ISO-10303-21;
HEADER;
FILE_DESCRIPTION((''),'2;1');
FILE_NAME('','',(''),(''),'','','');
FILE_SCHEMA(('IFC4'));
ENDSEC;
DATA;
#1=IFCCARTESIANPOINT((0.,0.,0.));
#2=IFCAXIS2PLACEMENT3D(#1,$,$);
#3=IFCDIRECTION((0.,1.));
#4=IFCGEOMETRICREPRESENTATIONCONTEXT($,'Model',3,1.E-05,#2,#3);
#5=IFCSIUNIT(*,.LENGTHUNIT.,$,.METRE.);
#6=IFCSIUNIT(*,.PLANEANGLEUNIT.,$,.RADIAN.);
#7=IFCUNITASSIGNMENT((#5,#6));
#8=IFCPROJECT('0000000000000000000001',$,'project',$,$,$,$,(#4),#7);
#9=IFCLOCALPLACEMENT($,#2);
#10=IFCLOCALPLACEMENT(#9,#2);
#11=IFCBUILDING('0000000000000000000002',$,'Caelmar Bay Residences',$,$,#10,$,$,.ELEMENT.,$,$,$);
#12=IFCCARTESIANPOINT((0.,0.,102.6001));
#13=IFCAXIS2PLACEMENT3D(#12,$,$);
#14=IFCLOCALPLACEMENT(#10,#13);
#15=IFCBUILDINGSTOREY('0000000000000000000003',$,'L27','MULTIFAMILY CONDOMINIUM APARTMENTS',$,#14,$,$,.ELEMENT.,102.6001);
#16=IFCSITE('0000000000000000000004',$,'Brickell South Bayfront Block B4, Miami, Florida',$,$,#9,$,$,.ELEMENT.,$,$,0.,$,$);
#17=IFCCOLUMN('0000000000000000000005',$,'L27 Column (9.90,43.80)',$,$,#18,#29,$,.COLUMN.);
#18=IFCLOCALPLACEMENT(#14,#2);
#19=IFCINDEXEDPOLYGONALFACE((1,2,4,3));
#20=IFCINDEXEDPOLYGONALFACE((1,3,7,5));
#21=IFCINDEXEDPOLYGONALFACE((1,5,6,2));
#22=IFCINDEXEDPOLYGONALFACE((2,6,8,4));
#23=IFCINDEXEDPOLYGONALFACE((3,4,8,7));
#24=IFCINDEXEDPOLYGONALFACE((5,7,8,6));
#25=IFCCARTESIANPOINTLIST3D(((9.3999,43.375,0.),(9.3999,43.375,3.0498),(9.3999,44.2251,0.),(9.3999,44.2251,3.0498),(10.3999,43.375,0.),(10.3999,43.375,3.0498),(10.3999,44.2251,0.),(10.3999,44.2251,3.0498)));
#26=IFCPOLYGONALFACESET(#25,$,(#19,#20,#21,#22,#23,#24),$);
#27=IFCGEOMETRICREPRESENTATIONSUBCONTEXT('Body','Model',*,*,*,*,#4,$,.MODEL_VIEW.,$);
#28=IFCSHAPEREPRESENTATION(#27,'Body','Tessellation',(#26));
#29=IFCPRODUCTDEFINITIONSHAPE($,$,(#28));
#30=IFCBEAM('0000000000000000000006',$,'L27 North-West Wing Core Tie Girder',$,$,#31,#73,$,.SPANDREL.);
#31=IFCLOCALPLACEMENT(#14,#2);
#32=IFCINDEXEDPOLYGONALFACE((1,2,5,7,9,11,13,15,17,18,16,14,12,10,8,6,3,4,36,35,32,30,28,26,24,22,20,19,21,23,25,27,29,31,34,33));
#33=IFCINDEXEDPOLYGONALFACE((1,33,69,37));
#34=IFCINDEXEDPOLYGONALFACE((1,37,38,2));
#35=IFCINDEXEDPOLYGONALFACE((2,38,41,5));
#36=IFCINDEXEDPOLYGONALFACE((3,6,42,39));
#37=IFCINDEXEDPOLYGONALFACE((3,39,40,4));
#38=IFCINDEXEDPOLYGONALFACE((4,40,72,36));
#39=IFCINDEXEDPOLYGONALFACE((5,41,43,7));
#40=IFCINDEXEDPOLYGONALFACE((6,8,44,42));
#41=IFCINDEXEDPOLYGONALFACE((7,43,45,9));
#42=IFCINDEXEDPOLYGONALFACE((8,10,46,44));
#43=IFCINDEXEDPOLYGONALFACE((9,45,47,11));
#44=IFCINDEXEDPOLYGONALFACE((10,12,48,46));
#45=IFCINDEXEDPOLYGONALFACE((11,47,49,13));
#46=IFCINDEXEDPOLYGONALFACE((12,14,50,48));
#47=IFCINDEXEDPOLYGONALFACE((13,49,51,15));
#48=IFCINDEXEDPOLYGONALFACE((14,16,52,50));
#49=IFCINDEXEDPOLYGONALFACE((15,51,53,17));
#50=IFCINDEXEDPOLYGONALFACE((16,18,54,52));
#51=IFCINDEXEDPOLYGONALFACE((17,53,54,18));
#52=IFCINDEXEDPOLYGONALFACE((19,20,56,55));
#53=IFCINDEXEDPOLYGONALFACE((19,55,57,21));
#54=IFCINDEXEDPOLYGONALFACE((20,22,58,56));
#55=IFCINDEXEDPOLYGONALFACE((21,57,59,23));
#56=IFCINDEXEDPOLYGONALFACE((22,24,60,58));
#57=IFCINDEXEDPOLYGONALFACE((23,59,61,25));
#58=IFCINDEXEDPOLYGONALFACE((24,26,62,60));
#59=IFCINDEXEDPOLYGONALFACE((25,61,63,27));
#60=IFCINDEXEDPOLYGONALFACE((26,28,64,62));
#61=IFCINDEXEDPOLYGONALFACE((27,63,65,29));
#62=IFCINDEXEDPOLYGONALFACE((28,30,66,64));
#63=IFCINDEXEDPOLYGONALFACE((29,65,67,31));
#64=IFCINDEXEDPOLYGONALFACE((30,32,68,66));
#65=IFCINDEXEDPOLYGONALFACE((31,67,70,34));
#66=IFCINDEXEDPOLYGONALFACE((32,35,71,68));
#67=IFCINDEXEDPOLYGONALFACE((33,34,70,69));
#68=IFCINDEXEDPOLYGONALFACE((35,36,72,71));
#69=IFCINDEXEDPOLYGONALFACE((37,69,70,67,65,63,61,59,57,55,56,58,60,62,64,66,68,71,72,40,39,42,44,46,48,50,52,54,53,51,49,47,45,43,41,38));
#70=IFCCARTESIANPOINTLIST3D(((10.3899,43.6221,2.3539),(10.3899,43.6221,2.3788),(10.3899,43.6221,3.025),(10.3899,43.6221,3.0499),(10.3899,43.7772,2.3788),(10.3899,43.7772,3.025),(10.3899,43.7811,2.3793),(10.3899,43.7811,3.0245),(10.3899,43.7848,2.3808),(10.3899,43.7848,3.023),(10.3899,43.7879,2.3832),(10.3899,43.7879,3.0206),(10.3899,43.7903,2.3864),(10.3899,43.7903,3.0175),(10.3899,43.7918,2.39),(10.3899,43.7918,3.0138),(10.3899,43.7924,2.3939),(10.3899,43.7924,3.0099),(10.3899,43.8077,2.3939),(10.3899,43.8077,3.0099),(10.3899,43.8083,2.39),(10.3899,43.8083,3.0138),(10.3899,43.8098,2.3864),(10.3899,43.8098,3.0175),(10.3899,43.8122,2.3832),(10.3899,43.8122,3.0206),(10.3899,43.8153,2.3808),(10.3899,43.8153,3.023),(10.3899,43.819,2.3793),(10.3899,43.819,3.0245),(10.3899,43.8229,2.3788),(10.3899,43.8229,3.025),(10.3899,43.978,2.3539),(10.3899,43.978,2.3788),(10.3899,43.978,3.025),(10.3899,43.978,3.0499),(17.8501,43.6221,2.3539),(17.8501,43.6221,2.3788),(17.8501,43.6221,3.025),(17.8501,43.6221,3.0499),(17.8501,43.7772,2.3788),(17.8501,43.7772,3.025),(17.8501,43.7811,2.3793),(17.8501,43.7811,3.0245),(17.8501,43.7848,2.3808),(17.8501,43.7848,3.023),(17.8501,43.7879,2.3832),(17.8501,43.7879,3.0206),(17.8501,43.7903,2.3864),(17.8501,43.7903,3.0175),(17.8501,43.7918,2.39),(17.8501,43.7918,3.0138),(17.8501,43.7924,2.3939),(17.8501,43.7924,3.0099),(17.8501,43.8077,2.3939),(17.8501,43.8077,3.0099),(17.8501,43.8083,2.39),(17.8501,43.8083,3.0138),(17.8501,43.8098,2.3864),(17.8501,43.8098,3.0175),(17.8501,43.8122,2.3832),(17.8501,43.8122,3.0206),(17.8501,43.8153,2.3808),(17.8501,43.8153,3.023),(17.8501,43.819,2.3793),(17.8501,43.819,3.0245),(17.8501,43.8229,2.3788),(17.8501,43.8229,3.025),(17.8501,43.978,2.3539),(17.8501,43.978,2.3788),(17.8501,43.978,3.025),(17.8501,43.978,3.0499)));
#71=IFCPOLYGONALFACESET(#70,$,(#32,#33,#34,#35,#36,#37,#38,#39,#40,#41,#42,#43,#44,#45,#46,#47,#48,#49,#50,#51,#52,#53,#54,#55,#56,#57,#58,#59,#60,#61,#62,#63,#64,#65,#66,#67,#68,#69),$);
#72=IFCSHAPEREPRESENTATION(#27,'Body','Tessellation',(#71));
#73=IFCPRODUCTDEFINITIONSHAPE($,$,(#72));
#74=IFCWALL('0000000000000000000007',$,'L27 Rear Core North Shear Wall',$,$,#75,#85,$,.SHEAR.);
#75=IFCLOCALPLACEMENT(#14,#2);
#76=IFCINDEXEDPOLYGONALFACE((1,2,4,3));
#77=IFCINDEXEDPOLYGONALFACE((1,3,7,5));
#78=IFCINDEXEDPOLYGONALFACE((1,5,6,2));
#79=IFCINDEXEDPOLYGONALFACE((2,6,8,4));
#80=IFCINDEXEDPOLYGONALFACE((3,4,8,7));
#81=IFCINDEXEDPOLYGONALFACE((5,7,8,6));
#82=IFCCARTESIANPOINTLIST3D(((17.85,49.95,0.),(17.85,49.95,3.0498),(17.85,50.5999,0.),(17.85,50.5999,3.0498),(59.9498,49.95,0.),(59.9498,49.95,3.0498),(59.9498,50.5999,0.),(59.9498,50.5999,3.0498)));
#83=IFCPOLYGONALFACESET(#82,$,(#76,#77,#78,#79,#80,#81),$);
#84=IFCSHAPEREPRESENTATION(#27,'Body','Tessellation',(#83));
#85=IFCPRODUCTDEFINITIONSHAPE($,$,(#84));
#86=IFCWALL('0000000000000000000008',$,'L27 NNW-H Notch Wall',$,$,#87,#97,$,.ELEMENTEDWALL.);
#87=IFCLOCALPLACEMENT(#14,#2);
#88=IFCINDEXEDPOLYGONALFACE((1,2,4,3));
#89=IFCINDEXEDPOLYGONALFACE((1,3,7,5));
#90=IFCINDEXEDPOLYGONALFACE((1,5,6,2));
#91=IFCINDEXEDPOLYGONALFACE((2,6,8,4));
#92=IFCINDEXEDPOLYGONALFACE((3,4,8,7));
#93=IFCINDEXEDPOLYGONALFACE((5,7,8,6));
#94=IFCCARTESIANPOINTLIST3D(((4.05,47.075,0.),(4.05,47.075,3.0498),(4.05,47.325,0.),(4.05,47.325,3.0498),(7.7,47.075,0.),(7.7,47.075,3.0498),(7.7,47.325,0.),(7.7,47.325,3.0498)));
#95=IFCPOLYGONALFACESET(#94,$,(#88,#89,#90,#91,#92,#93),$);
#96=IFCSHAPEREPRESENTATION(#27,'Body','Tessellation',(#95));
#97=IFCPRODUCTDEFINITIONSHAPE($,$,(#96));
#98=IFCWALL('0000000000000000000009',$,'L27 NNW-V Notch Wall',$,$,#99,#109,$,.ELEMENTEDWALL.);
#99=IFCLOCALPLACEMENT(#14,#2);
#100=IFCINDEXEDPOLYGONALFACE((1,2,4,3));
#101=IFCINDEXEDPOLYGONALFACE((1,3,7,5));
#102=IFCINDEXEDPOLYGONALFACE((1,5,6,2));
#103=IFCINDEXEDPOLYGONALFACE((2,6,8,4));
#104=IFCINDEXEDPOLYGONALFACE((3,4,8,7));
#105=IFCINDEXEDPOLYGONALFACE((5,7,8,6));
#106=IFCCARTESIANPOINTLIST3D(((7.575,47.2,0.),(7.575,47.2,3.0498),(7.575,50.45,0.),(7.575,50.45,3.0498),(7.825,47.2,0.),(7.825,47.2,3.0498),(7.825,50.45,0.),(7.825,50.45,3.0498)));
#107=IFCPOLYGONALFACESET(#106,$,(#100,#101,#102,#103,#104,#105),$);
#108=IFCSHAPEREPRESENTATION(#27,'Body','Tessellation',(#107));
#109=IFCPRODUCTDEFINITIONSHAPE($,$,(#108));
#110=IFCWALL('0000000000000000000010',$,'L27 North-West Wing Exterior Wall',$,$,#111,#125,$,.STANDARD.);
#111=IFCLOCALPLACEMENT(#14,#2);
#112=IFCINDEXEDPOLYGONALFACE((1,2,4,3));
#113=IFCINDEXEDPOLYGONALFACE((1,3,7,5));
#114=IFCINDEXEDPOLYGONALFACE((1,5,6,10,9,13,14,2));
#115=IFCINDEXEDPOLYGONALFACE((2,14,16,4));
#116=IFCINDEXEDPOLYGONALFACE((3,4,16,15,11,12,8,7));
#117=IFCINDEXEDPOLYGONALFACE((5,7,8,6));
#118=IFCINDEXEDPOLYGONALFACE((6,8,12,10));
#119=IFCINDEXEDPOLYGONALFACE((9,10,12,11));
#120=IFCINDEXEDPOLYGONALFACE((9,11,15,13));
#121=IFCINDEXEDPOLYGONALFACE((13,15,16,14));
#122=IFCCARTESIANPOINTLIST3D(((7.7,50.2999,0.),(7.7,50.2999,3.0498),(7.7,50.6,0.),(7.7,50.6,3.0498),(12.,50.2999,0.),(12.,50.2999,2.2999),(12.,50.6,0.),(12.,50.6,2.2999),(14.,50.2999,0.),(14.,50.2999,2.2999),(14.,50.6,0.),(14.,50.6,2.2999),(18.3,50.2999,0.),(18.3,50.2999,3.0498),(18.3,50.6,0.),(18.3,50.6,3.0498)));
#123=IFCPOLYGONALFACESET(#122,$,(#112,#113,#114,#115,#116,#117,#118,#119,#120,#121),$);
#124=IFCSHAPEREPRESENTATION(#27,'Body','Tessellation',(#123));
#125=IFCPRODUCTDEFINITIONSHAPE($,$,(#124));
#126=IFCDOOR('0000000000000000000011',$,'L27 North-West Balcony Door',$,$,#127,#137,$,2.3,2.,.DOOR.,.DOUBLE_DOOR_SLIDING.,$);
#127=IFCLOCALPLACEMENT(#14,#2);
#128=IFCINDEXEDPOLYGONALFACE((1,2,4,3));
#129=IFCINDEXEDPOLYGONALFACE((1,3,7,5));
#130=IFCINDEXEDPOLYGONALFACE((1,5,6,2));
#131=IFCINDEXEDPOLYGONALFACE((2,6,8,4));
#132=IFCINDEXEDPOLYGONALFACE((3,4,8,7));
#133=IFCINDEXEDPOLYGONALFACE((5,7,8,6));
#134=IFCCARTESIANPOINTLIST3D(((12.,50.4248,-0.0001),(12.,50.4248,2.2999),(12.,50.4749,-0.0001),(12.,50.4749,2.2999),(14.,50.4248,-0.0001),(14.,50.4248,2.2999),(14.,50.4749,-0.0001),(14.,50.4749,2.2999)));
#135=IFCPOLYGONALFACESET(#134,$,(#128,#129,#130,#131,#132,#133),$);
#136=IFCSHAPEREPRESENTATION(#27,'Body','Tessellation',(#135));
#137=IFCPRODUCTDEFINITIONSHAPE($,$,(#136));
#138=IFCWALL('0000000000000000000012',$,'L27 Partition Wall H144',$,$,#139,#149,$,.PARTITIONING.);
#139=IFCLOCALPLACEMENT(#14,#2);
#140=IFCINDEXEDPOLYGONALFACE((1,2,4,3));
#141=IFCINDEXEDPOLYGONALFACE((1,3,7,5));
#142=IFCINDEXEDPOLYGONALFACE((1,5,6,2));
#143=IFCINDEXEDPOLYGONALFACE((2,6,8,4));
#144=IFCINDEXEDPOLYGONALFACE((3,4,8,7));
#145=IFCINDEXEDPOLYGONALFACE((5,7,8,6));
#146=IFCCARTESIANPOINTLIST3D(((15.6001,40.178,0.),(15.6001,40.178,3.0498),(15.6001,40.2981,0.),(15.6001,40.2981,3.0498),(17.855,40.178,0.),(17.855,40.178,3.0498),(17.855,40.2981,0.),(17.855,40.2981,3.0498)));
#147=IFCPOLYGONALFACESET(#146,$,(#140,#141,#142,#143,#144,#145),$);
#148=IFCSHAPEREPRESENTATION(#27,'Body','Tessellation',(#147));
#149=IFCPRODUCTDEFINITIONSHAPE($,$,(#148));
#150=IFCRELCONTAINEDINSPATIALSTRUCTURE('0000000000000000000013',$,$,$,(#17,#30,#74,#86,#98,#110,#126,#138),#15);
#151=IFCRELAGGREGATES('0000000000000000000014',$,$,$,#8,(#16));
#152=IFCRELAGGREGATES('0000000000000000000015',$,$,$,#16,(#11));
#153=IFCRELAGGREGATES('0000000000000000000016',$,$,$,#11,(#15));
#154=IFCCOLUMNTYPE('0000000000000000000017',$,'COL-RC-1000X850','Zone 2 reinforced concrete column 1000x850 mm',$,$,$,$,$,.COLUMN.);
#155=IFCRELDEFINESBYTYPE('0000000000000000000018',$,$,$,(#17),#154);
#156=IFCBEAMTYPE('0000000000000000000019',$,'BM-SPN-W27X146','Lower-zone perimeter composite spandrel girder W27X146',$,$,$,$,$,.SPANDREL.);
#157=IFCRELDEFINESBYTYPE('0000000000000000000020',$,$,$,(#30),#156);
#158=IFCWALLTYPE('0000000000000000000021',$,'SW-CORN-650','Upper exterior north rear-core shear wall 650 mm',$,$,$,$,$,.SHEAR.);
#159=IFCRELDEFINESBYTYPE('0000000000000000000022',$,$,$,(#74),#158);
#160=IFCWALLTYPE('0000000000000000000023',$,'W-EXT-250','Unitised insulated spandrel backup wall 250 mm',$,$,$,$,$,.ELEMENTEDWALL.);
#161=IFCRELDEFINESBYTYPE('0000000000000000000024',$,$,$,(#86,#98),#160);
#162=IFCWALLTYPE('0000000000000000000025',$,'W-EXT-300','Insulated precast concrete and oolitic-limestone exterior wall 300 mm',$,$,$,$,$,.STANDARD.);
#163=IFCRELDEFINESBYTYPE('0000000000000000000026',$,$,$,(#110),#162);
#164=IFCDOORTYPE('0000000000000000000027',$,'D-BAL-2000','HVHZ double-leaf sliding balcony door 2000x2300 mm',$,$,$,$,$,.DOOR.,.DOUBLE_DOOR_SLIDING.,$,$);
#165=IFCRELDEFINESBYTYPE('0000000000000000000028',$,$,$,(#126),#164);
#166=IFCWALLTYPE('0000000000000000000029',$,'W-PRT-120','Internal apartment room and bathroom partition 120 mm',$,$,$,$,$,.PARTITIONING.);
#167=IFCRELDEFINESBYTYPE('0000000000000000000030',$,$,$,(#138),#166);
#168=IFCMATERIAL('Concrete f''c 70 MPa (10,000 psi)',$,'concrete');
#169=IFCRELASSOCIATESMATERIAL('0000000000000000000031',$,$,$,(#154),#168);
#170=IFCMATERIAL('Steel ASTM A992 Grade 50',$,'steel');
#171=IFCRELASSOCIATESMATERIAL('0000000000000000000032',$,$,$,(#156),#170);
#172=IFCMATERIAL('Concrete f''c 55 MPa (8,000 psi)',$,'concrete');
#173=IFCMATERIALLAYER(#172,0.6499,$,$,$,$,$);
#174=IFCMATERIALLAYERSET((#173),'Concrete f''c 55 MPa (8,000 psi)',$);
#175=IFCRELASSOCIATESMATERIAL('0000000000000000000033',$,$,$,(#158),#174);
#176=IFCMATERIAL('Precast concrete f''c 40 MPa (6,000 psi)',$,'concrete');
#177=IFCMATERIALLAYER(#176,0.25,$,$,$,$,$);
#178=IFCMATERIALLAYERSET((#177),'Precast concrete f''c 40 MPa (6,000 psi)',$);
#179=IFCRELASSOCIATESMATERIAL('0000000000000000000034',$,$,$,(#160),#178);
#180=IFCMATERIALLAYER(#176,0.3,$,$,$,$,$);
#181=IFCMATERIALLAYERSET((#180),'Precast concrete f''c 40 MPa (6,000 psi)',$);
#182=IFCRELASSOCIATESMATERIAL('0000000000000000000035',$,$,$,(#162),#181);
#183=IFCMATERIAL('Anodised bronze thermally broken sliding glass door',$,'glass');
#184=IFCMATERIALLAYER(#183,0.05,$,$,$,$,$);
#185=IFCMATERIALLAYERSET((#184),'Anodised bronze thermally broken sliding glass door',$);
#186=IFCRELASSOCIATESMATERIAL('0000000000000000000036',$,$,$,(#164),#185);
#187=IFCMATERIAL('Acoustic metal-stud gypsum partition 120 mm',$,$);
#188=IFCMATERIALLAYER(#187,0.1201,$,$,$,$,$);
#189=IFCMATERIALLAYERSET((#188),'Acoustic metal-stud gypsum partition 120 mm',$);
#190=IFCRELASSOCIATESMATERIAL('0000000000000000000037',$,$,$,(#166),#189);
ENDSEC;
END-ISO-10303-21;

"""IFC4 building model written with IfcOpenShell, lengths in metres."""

from ifc_helpers import new_model, si_unit, direction, frame, frame_2d, origin, origin_2d, place, context, subcontext, project, spatial, rectangle, i_section, extrude, material, layer, layer_set, material_profile, profile_set, type_object, element, fill, save


model = new_model("IFC4")

# Units and contexts
model_context = context("Model", 3, precision=1e-05, world=origin(), true_north=direction((0.0, 1.0)))
body_context = subcontext(model_context, "Body", "Model", "MODEL_VIEW")
ifc_project = project(units=[si_unit("LENGTHUNIT", "METRE"), si_unit("PLANEANGLEUNIT", "RADIAN")], contexts=[model_context])

# Site, building, storey
site_placement = place(None, origin())
site = spatial("IfcSite", under=ifc_project, at=site_placement, Name="Brickell South Bayfront Block B4, Miami, Florida", CompositionType="ELEMENT", RefElevation=0.0)
building_placement = place(site_placement, origin())
building = spatial("IfcBuilding", under=site, at=building_placement, Name="Caelmar Bay Residences", CompositionType="ELEMENT")
storey_placement = place(building_placement, frame((0.0, 0.0, 102.6001)))
storey = spatial("IfcBuildingStorey", under=building, at=storey_placement, Name="L27", Description="MULTIFAMILY CONDOMINIUM APARTMENTS", CompositionType="ELEMENT", Elevation=102.6001)

# Column
ifc_material_1 = material(Name="Concrete f'c 70 MPa (10,000 psi)", Category="concrete")
ifc_material_profile_1 = material_profile(ifc_material_1, rectangle(XDim=1.0, YDim=0.8501, at=origin_2d()), Name="RC-COL-1000X850")
ifc_profile_set_1 = profile_set([ifc_material_profile_1], Name="Concrete f'c 70 MPa (10,000 psi)")
column_type = type_object("IfcColumnType", Name="COL-RC-1000X850", Description="Zone 2 reinforced concrete column 1000x850 mm", PredefinedType="COLUMN", material=ifc_profile_set_1)
column_placement = place(storey_placement, frame((9.8999, 43.8, 0.0), z_axis=(0.0, 0.0, 1.0), x_axis=(1.0, 0.0, 0.0)))
element("IfcColumn", 1, at=column_placement, inside=storey, type_object=column_type, Name="L27 Column (9.90,43.80)", PredefinedType="COLUMN", context=body_context, shape_type="SweptSolid", body=[
    extrude(rectangle(XDim=1.0, YDim=0.8501, at=origin_2d()), origin(), (0.0, 0.0, 1.0), 3.0498),
])

# Beam
ifc_material_2 = material(Name="Steel ASTM A992 Grade 50", Category="steel")
ifc_material_profile_2 = material_profile(ifc_material_2, i_section(OverallWidth=0.356, OverallDepth=0.696, WebThickness=0.0154, FlangeThickness=0.0249, FilletRadius=0.0151, at=origin_2d()), Name="W27X146")
ifc_profile_set_2 = profile_set([ifc_material_profile_2], Name="Steel ASTM A992 Grade 50")
beam_type = type_object("IfcBeamType", Name="BM-SPN-W27X146", Description="Lower-zone perimeter composite spandrel girder W27X146", PredefinedType="SPANDREL", material=ifc_profile_set_2)
beam_placement = place(storey_placement, frame((10.3899, 43.8, 2.7019), z_axis=(1.0, 0.0, 0.0), x_axis=(0.0, 1.0, 0.0)))
element("IfcBeam", 2, at=beam_placement, inside=storey, type_object=beam_type, Name="L27 North-West Wing Core Tie Girder", PredefinedType="SPANDREL", context=body_context, shape_type="SweptSolid", body=[
    extrude(i_section(OverallWidth=0.356, OverallDepth=0.696, WebThickness=0.0154, FlangeThickness=0.0249, FilletRadius=0.0151, at=origin_2d()), origin(), (0.0, 0.0, 1.0), 7.4602),
])

# Walls
ifc_material_3 = material(Name="Concrete f'c 55 MPa (8,000 psi)", Category="concrete")
ifc_layer_1 = layer(ifc_material_3, 0.6499)
ifc_layer_set_1 = layer_set([ifc_layer_1], Name="Concrete f'c 55 MPa (8,000 psi)")
wall_type_1 = type_object("IfcWallType", Name="SW-CORN-650", Description="Upper exterior north rear-core shear wall 650 mm", PredefinedType="SHEAR", material=ifc_layer_set_1)
wall_1_placement = place(storey_placement, frame((17.8501, 50.2749, 0.0), z_axis=(0.0, 0.0, 1.0), x_axis=(1.0, 0.0, 0.0)))
element("IfcWall", 3, at=wall_1_placement, inside=storey, type_object=wall_type_1, Name="L27 Rear Core North Shear Wall", PredefinedType="SHEAR", context=body_context, shape_type="SweptSolid", body=[
    extrude(rectangle(XDim=42.0999, YDim=0.6499, at=frame_2d((21.0498, 0.0))), origin(), (0.0, 0.0, 1.0), 3.0498),
])
ifc_material_4 = material(Name="Precast concrete f'c 40 MPa (6,000 psi)", Category="concrete")
ifc_layer_2 = layer(ifc_material_4, 0.25)
ifc_layer_set_2 = layer_set([ifc_layer_2], Name="Precast concrete f'c 40 MPa (6,000 psi)")
wall_type_2 = type_object("IfcWallType", Name="W-EXT-250", Description="Unitised insulated spandrel backup wall 250 mm", PredefinedType="ELEMENTEDWALL", material=ifc_layer_set_2)
wall_2_placement = place(storey_placement, frame((4.05, 47.2, 0.0), z_axis=(0.0, 0.0, 1.0), x_axis=(1.0, 0.0, 0.0)))
element("IfcWall", 4, at=wall_2_placement, inside=storey, type_object=wall_type_2, Name="L27 NNW-H Notch Wall", PredefinedType="ELEMENTEDWALL", context=body_context, shape_type="SweptSolid", body=[
    extrude(rectangle(XDim=3.6499, YDim=0.25, at=frame_2d((1.825, 0.0))), origin(), (0.0, 0.0, 1.0), 3.0498),
])
wall_3_placement = place(storey_placement, frame((7.7, 47.2, 0.0), z_axis=(0.0, 0.0, 1.0), x_axis=(0.0, 1.0, 0.0)))
element("IfcWall", 5, at=wall_3_placement, inside=storey, type_object=wall_type_2, Name="L27 NNW-V Notch Wall", PredefinedType="ELEMENTEDWALL", context=body_context, shape_type="SweptSolid", body=[
    extrude(rectangle(XDim=3.25, YDim=0.25, at=frame_2d((1.625, 0.0))), origin(), (0.0, 0.0, 1.0), 3.0498),
])

# Wall, opening, door
ifc_layer_3 = layer(ifc_material_4, 0.3)
ifc_layer_set_3 = layer_set([ifc_layer_3], Name="Precast concrete f'c 40 MPa (6,000 psi)")
wall_type_3 = type_object("IfcWallType", Name="W-EXT-300", Description="Insulated precast concrete and oolitic-limestone exterior wall 300 mm", PredefinedType="STANDARD", material=ifc_layer_set_3)
wall_4_placement = place(storey_placement, frame((7.7, 50.45, 0.0), z_axis=(0.0, 0.0, 1.0), x_axis=(1.0, 0.0, 0.0)))
wall_4 = element("IfcWall", 6, at=wall_4_placement, inside=storey, type_object=wall_type_3, Name="L27 North-West Wing Exterior Wall", PredefinedType="STANDARD", context=body_context, shape_type="SweptSolid", body=[
    extrude(rectangle(XDim=10.6001, YDim=0.3, at=frame_2d((5.3, 0.0))), origin(), (0.0, 0.0, 1.0), 3.0498),
])
opening_1_placement = place(wall_4_placement, frame((4.3, 0.0, 0.0)))
opening_1 = element("IfcOpeningElement", 7, at=opening_1_placement, cuts=wall_4, PredefinedType="OPENING", context=body_context, shape_type="SweptSolid", body=[
    extrude(rectangle(XDim=2.0, YDim=2.3, at=frame_2d((1.0, 1.1499))), frame((0.0, 0.1599, 0.0), z_axis=(0.0, -1.0, 0.0), x_axis=(1.0, 0.0, 0.0)), (0.0, 0.0, 1.0), 0.3201),
])
ifc_material_5 = material(Name="Anodised bronze thermally broken sliding glass door", Category="glass")
ifc_layer_4 = layer(ifc_material_5, 0.05)
ifc_layer_set_4 = layer_set([ifc_layer_4], Name="Anodised bronze thermally broken sliding glass door")
door_type_1 = type_object("IfcDoorType", Name="D-BAL-2000", Description="HVHZ double-leaf sliding balcony door 2000x2300 mm", OperationType="DOUBLE_DOOR_SLIDING", PredefinedType="DOOR", material=ifc_layer_set_4)
door_1_placement = place(opening_1_placement, origin())
door_1 = element("IfcDoor", 8, at=door_1_placement, inside=storey, type_object=door_type_1, Name="L27 North-West Balcony Door", OperationType="DOUBLE_DOOR_SLIDING", OverallHeight=2.3, OverallWidth=2.0, PredefinedType="DOOR", context=body_context, shape_type="SweptSolid", body=[
    extrude(rectangle(XDim=2.0, YDim=2.3, at=frame_2d((1.0, 1.1499))), frame((0.0, 0.0249, 0.0), z_axis=(0.0, -1.0, 0.0), x_axis=(1.0, 0.0, 0.0)), (0.0, 0.0, 1.0), 0.05),
])
fill(opening_1, door_1)
ifc_material_6 = material(Name="Acoustic metal-stud gypsum partition 120 mm")
ifc_layer_5 = layer(ifc_material_6, 0.1201)
ifc_layer_set_5 = layer_set([ifc_layer_5], Name="Acoustic metal-stud gypsum partition 120 mm")
wall_type_4 = type_object("IfcWallType", Name="W-PRT-120", Description="Internal apartment room and bathroom partition 120 mm", PredefinedType="PARTITIONING", material=ifc_layer_set_5)

# Wall
wall_5_placement = place(storey_placement, frame((15.6001, 40.238, 0.0), z_axis=(0.0, 0.0, 1.0), x_axis=(1.0, 0.0, 0.0)))
element("IfcWall", 9, at=wall_5_placement, inside=storey, type_object=wall_type_4, Name="L27 Partition Wall H144", PredefinedType="PARTITIONING", context=body_context, shape_type="SweptSolid", body=[
    extrude(rectangle(XDim=2.2549, YDim=0.1201, at=frame_2d((1.1274, 0.0))), origin(), (0.0, 0.0, 1.0), 3.0498),
])

save(model, "model.ifc")
